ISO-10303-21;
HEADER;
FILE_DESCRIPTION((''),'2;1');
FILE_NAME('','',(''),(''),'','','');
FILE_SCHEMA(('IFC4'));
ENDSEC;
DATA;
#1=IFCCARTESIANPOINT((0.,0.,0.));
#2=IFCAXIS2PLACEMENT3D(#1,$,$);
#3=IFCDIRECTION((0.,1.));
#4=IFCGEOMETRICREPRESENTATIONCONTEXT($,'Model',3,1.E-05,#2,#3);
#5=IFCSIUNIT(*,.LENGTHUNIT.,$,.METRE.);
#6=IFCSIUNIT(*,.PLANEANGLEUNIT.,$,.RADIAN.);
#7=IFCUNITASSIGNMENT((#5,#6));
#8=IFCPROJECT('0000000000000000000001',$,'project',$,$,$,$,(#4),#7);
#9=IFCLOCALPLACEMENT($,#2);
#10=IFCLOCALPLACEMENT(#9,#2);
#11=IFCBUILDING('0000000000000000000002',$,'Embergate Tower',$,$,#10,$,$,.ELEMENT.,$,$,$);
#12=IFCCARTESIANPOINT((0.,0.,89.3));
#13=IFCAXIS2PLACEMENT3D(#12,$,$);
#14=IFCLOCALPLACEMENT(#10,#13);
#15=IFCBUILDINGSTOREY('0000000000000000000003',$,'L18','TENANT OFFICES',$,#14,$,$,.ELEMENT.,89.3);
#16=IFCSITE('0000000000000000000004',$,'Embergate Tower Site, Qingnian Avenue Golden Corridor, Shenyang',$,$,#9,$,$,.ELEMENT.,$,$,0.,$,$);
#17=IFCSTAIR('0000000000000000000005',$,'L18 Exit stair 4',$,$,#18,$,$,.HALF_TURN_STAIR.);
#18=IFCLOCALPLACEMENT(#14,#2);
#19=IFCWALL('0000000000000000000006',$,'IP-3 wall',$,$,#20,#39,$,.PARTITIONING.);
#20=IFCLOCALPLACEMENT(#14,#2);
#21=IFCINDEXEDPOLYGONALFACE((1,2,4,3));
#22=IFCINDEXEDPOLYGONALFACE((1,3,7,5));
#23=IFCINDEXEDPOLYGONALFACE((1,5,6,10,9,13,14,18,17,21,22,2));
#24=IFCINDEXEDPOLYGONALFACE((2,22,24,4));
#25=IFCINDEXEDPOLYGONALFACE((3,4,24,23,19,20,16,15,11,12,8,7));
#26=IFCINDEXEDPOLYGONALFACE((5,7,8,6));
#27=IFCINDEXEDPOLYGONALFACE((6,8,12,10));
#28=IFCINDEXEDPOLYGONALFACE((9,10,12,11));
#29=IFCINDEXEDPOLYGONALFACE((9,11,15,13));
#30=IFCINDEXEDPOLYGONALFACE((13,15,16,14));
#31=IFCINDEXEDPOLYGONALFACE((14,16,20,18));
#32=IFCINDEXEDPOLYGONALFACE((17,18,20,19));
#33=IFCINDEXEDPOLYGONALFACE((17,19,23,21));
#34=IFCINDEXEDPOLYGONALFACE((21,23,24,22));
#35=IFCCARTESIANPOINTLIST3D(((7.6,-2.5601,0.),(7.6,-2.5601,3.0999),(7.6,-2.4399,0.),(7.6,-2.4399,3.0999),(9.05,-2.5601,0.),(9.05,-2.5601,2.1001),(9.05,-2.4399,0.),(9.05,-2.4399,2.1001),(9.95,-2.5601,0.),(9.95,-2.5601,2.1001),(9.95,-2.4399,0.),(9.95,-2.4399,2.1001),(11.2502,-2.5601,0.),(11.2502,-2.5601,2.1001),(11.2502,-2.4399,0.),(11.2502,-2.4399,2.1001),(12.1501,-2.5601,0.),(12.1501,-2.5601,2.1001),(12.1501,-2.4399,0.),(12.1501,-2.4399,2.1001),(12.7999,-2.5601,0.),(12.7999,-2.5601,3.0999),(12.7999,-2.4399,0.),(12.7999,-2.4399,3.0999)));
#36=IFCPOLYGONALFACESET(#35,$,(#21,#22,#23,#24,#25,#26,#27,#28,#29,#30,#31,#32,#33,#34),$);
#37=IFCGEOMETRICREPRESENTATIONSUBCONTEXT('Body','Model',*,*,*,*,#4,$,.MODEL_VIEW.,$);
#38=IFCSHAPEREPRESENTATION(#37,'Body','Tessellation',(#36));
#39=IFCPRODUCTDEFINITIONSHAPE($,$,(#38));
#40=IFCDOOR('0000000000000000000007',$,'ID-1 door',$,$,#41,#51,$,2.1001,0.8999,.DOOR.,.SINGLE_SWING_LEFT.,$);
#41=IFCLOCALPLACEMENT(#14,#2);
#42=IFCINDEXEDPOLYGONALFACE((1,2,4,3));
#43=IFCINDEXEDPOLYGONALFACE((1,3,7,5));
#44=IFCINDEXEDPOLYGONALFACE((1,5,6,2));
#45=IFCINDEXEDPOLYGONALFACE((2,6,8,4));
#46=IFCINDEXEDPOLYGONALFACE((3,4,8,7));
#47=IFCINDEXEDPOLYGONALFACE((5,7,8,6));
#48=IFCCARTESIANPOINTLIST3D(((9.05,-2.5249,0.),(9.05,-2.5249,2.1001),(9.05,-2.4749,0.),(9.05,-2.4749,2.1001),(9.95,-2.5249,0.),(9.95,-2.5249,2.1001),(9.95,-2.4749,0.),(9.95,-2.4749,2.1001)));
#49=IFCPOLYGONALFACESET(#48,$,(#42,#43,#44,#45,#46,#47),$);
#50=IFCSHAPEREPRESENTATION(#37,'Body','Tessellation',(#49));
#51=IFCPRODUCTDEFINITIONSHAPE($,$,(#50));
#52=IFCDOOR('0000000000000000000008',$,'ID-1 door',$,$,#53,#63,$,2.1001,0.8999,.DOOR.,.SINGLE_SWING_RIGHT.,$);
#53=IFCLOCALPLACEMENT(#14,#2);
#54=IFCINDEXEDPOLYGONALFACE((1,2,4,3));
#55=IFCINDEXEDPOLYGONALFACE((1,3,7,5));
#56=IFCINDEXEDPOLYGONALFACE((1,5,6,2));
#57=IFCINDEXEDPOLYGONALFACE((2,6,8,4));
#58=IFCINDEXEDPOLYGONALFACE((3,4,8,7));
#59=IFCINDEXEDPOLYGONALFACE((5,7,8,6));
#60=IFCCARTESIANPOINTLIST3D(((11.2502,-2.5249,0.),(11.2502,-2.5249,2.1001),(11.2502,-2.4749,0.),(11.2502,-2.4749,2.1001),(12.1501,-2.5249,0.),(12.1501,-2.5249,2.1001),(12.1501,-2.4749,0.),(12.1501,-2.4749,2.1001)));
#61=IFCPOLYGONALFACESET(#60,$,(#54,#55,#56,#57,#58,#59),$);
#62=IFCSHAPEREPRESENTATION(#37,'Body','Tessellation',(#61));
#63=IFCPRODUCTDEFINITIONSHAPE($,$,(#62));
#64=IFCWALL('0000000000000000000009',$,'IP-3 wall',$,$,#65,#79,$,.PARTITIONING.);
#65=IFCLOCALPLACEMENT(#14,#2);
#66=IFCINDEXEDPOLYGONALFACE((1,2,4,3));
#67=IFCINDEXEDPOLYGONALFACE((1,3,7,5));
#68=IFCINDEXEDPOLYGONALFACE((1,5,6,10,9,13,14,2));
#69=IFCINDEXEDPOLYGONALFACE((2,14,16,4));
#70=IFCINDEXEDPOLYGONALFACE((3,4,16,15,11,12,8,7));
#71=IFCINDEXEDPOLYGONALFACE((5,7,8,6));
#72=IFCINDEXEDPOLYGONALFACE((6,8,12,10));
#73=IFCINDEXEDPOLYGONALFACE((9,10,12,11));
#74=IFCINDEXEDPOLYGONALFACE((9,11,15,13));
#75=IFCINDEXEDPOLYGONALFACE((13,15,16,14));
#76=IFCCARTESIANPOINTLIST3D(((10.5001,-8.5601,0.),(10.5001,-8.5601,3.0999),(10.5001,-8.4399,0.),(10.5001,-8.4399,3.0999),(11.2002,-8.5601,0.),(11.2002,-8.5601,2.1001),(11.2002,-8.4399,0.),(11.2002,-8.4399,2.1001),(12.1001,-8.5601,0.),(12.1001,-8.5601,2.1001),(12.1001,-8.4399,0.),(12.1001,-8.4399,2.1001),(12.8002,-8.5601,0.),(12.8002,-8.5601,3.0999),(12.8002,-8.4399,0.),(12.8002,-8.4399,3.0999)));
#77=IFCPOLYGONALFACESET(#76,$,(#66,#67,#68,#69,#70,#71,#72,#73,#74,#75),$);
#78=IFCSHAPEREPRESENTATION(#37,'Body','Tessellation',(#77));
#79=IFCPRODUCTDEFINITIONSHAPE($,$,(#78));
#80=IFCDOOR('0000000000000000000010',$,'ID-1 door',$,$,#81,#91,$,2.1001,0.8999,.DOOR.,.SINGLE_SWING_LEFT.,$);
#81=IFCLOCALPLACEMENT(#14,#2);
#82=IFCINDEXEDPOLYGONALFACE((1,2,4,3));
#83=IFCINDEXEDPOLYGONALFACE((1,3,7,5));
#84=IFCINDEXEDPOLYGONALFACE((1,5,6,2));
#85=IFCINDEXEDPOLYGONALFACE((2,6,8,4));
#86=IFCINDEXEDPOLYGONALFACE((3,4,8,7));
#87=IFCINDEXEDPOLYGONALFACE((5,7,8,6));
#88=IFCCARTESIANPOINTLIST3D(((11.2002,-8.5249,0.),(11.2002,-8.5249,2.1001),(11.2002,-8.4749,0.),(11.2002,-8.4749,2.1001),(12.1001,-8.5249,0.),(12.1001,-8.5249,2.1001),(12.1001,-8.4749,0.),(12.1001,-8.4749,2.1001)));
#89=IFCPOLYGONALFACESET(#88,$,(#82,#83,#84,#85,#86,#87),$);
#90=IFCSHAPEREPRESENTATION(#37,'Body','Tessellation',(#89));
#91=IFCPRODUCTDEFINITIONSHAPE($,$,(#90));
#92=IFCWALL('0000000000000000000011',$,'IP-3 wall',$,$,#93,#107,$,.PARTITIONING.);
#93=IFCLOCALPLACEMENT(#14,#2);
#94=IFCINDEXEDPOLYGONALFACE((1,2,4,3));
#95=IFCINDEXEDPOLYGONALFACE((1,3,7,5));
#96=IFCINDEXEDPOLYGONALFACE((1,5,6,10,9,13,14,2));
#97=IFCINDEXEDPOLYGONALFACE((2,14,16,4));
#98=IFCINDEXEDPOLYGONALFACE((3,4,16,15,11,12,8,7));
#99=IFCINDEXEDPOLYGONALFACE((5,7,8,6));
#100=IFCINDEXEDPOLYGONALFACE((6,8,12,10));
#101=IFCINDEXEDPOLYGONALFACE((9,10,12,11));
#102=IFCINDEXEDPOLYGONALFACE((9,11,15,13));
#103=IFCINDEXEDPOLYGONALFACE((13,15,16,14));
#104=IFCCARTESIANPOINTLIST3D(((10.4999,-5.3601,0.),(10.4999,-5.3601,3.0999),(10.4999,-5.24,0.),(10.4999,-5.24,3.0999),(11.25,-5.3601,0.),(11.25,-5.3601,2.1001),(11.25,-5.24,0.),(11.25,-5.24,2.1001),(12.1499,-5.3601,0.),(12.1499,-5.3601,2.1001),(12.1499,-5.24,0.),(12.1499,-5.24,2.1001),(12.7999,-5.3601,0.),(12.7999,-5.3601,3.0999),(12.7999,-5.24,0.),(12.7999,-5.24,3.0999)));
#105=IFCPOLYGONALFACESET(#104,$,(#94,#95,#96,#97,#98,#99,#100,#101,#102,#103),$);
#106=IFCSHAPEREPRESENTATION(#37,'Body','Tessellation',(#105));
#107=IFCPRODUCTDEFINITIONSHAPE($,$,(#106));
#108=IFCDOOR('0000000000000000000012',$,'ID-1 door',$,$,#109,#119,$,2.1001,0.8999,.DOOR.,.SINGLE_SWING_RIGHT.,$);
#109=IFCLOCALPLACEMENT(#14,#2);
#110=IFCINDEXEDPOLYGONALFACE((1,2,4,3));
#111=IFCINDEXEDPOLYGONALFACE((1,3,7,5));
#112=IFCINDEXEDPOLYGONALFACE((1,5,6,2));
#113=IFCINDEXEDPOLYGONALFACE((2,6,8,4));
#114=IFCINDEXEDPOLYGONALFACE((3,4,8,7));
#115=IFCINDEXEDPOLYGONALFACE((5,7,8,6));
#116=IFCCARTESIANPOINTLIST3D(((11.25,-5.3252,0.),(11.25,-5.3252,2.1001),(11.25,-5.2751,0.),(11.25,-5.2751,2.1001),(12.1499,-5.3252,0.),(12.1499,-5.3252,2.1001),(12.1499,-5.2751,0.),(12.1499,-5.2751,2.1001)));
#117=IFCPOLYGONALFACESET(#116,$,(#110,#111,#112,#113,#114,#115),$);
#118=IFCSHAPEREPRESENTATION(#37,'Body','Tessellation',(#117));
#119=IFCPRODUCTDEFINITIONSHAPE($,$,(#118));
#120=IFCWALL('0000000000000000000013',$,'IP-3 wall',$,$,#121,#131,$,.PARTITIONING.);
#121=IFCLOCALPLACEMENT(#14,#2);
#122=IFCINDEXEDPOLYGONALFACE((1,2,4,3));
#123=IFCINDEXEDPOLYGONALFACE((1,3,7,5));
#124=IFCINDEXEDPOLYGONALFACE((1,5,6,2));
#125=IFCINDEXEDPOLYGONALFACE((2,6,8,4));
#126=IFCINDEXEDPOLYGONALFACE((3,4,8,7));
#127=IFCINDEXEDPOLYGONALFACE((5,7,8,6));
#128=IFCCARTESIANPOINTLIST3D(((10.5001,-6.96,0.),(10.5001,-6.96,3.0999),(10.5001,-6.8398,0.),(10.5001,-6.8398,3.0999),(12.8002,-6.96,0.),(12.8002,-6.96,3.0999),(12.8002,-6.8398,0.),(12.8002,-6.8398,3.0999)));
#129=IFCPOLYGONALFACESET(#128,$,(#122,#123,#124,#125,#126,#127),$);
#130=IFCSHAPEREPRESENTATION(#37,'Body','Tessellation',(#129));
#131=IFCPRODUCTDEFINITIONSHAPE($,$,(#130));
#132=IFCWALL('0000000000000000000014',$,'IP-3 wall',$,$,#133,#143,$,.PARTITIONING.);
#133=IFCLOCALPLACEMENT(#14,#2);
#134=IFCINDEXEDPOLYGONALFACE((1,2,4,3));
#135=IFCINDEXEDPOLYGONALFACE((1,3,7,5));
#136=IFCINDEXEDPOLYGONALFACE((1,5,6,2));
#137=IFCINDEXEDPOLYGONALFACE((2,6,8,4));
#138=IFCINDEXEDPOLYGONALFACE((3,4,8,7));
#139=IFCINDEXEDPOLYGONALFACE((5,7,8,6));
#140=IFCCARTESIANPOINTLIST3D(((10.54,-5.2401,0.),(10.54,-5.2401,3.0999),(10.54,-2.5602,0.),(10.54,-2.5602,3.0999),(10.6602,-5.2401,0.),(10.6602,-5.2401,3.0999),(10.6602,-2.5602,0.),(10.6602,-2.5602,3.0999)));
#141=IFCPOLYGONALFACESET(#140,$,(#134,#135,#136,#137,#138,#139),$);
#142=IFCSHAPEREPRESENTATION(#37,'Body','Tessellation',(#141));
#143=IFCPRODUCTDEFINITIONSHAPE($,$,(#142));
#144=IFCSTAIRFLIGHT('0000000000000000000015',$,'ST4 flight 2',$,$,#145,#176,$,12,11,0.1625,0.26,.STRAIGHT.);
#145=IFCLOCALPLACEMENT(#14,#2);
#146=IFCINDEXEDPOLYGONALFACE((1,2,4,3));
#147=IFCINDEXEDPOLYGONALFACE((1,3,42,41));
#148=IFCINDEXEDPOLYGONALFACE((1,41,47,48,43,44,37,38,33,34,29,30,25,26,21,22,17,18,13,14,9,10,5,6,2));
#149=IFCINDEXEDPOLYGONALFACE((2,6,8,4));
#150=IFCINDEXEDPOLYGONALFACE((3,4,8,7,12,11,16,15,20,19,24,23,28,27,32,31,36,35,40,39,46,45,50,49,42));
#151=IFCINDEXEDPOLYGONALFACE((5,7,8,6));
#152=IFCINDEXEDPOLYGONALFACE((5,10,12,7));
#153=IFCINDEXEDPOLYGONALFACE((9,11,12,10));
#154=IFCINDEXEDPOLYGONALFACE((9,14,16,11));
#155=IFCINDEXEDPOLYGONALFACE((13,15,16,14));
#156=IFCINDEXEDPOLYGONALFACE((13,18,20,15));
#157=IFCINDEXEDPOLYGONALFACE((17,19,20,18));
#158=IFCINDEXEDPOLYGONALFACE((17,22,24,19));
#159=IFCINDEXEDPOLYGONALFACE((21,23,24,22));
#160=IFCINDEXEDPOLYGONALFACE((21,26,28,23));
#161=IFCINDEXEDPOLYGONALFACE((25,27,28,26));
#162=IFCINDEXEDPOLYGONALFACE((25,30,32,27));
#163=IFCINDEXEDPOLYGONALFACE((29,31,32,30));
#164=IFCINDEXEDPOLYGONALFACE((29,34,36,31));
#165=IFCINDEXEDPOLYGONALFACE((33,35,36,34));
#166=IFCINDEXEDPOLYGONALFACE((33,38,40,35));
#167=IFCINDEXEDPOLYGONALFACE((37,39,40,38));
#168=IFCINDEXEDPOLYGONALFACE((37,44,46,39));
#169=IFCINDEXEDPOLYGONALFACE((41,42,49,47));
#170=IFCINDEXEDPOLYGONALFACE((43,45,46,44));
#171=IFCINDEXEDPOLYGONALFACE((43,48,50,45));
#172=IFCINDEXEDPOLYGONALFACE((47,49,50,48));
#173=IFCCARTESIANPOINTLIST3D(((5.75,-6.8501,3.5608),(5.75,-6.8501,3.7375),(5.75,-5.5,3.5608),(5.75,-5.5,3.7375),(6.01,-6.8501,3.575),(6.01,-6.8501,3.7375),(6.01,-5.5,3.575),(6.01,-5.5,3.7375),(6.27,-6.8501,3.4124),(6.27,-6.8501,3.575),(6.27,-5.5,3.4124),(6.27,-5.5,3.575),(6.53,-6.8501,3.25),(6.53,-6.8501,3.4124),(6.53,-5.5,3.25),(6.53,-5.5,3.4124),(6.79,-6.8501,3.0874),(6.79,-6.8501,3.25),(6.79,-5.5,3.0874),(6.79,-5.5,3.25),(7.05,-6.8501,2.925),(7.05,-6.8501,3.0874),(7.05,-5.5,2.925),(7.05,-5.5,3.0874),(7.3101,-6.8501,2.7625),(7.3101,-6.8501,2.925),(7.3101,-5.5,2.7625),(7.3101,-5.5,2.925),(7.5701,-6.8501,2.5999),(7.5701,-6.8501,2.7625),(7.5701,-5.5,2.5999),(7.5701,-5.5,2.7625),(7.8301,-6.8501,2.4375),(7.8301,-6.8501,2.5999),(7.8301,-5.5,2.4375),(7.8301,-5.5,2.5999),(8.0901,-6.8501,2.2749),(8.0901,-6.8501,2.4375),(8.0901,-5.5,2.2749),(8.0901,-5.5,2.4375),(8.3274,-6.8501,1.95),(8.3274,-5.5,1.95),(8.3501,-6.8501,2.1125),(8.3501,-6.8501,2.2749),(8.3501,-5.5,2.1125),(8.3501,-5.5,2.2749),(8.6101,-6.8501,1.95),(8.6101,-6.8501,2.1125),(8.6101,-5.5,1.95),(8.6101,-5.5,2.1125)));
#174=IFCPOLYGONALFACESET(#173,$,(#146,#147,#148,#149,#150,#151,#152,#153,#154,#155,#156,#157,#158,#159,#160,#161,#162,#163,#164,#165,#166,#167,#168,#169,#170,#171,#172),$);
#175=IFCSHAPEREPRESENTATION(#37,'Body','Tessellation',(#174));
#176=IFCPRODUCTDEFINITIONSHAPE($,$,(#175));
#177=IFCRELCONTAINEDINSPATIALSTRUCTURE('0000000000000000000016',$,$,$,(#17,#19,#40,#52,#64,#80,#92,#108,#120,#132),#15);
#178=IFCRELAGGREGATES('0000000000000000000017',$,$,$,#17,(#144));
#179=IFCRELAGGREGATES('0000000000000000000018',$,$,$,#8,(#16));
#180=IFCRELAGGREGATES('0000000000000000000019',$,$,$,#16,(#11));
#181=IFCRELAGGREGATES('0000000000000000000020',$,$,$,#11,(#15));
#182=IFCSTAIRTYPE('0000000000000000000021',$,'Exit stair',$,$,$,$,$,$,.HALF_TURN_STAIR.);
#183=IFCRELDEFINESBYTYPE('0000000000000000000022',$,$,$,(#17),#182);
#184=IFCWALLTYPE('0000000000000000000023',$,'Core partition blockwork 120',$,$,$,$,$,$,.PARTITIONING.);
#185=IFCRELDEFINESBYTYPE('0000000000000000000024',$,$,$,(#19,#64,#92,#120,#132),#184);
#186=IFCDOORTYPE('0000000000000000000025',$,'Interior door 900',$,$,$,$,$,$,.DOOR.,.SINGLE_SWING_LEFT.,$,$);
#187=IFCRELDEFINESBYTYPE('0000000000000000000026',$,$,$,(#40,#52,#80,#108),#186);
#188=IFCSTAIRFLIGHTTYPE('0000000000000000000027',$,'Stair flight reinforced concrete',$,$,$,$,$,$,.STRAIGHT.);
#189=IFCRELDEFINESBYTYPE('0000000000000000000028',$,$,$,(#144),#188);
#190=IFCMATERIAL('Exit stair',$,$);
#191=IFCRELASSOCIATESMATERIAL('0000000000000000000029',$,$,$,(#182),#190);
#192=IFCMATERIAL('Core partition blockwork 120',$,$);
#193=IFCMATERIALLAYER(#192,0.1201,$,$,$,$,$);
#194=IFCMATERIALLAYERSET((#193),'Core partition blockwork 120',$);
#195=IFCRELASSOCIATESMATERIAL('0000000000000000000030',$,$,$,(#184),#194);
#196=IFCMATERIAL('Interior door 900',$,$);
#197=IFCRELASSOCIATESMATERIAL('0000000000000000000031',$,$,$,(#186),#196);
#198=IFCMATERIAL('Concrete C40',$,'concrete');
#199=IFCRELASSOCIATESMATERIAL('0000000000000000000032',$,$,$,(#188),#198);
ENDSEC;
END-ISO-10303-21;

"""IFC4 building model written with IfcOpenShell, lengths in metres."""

from ifc_helpers import new_model, si_unit, direction, frame, frame_2d, origin, place, context, subcontext, project, spatial, polyline, rectangle, outline, extrude, source, transform, mapped, material, layer, layer_set, type_object, element, fill, aggregate, save


model = new_model("IFC4")

# Units and contexts
model_context = context("Model", 3, precision=1e-05, world=origin(), true_north=direction((0.0, 1.0)))
body_context = subcontext(model_context, "Body", "Model", "MODEL_VIEW")
ifc_project = project(units=[si_unit("LENGTHUNIT", "METRE"), si_unit("PLANEANGLEUNIT", "RADIAN")], contexts=[model_context])

# Site, building, storey
site_placement = place(None, origin())
site = spatial("IfcSite", under=ifc_project, at=site_placement, Name="Embergate Tower Site, Qingnian Avenue Golden Corridor, Shenyang", CompositionType="ELEMENT", RefElevation=0.0)
building_placement = place(site_placement, origin())
building = spatial("IfcBuilding", under=site, at=building_placement, Name="Embergate Tower", CompositionType="ELEMENT")
storey_placement = place(building_placement, frame((0.0, 0.0, 89.3)))
storey = spatial("IfcBuildingStorey", under=building, at=storey_placement, Name="L18", Description="TENANT OFFICES", CompositionType="ELEMENT", Elevation=89.3)

# Stair
ifc_material_1 = material(Name="Exit stair")
stair_type = type_object("IfcStairType", Name="Exit stair", PredefinedType="HALF_TURN_STAIR", material=ifc_material_1)
stair_placement = place(storey_placement, origin())
stair = element("IfcStair", 1, at=stair_placement, inside=storey, type_object=stair_type, Name="L18 Exit stair 4", PredefinedType="HALF_TURN_STAIR")
ifc_material_2 = material(Name="Concrete C40", Category="concrete")

# Shared definitions
ifc_material_3 = material(Name="Core partition blockwork 120")
ifc_layer_1 = layer(ifc_material_3, 0.1201)
ifc_layer_set_1 = layer_set([ifc_layer_1], Name="Core partition blockwork 120")
wall_type_1 = type_object("IfcWallType", Name="Core partition blockwork 120", PredefinedType="PARTITIONING", material=ifc_layer_set_1)
shared_shape_1 = source(origin(), body_context, "Body", "SweptSolid", [
    extrude(rectangle(XDim=0.8999, YDim=2.1001, at=frame_2d((0.45, 1.05))), frame((0.0, 0.0701, 0.0), z_axis=(0.0, -1.0, 0.0), x_axis=(1.0, 0.0, 0.0)), (0.0, 0.0, 1.0), 0.1401),
])
ifc_material_4 = material(Name="Interior door 900")
door_type_1 = type_object("IfcDoorType", Name="Interior door 900", OperationType="SINGLE_SWING_LEFT", PredefinedType="DOOR", material=ifc_material_4)
shared_shape_2 = source(origin(), body_context, "Body", "SweptSolid", [
    extrude(rectangle(XDim=0.8999, YDim=2.1001, at=frame_2d((0.45, 1.05))), frame((0.0, 0.0249, 0.0), z_axis=(0.0, -1.0, 0.0), x_axis=(1.0, 0.0, 0.0)), (0.0, 0.0, 1.0), 0.05),
])

# Wall, openings, doors
shared_shape_3 = source(origin(), body_context, "Body", "SweptSolid", [
    extrude(rectangle(XDim=5.2, YDim=0.1201, at=frame_2d((2.6001, 0.0))), origin(), (0.0, 0.0, 1.0), 3.0999),
])
wall_1_placement = place(storey_placement, frame((12.8, -2.5, 0.0), z_axis=(0.0, 0.0, 1.0), x_axis=(-1.0, 0.0, 0.0)))
wall_1 = element("IfcWall", 2, at=wall_1_placement, inside=storey, type_object=wall_type_1, Name="IP-3 wall", PredefinedType="PARTITIONING", context=body_context, shape_type="MappedRepresentation", body=[
    mapped(shared_shape_3, transform((0.0, 0.0, 0.0))),
])
opening_1_placement = place(wall_1_placement, frame((2.8501, 0.0, 0.0)))
opening_1 = element("IfcOpeningElement", 3, at=opening_1_placement, cuts=wall_1, PredefinedType="OPENING", context=body_context, shape_type="MappedRepresentation", body=[
    mapped(shared_shape_1, transform((0.0, 0.0, 0.0))),
])
opening_2_placement = place(wall_1_placement, frame((0.6499, 0.0, 0.0)))
opening_2 = element("IfcOpeningElement", 4, at=opening_2_placement, cuts=wall_1, PredefinedType="OPENING", context=body_context, shape_type="MappedRepresentation", body=[
    mapped(shared_shape_1, transform((0.0, 0.0, 0.0))),
])
door_1_placement = place(opening_1_placement, origin())
door_1 = element("IfcDoor", 5, at=door_1_placement, inside=storey, type_object=door_type_1, Name="ID-1 door", OperationType="SINGLE_SWING_LEFT", OverallHeight=2.1001, OverallWidth=0.8999, PredefinedType="DOOR", context=body_context, shape_type="MappedRepresentation", body=[
    mapped(shared_shape_2, transform((0.0, 0.0, 0.0))),
])
fill(opening_1, door_1)
door_2_placement = place(opening_2_placement, origin())
door_2 = element("IfcDoor", 6, at=door_2_placement, inside=storey, type_object=door_type_1, Name="ID-1 door", OperationType="SINGLE_SWING_RIGHT", OverallHeight=2.1001, OverallWidth=0.8999, PredefinedType="DOOR", context=body_context, shape_type="MappedRepresentation", body=[
    mapped(shared_shape_2, transform((0.0, 0.0, 0.0))),
])
fill(opening_2, door_2)

# Walls, openings, doors
shared_shape_4 = source(origin(), body_context, "Body", "SweptSolid", [
    extrude(rectangle(XDim=2.3, YDim=0.1201, at=frame_2d((1.1499, 0.0))), origin(), (0.0, 0.0, 1.0), 3.0999),
])
wall_2_placement = place(storey_placement, frame((12.8, -8.5, 0.0), z_axis=(0.0, 0.0, 1.0), x_axis=(-1.0, 0.0, 0.0)))
wall_2 = element("IfcWall", 7, at=wall_2_placement, inside=storey, type_object=wall_type_1, Name="IP-3 wall", PredefinedType="PARTITIONING", context=body_context, shape_type="MappedRepresentation", body=[
    mapped(shared_shape_4, transform((0.0, 0.0, 0.0))),
])
opening_3_placement = place(wall_2_placement, frame((0.7, 0.0, 0.0)))
opening_3 = element("IfcOpeningElement", 8, at=opening_3_placement, cuts=wall_2, PredefinedType="OPENING", context=body_context, shape_type="MappedRepresentation", body=[
    mapped(shared_shape_1, transform((0.0, 0.0, 0.0))),
])
door_3_placement = place(opening_3_placement, origin())
door_3 = element("IfcDoor", 9, at=door_3_placement, inside=storey, type_object=door_type_1, Name="ID-1 door", OperationType="SINGLE_SWING_LEFT", OverallHeight=2.1001, OverallWidth=0.8999, PredefinedType="DOOR", context=body_context, shape_type="MappedRepresentation", body=[
    mapped(shared_shape_2, transform((0.0, 0.0, 0.0))),
])
fill(opening_3, door_3)
wall_3_placement = place(storey_placement, frame((10.5, -5.3, 0.0), z_axis=(0.0, 0.0, 1.0), x_axis=(1.0, 0.0, 0.0)))
wall_3 = element("IfcWall", 10, at=wall_3_placement, inside=storey, type_object=wall_type_1, Name="IP-3 wall", PredefinedType="PARTITIONING", context=body_context, shape_type="MappedRepresentation", body=[
    mapped(shared_shape_4, transform((0.0, 0.0, 0.0))),
])
opening_4_placement = place(wall_3_placement, frame((0.75, 0.0, 0.0)))
opening_4 = element("IfcOpeningElement", 11, at=opening_4_placement, cuts=wall_3, PredefinedType="OPENING", context=body_context, shape_type="MappedRepresentation", body=[
    mapped(shared_shape_1, transform((0.0, 0.0, 0.0))),
])
door_4_placement = place(opening_4_placement, origin())
door_4 = element("IfcDoor", 12, at=door_4_placement, inside=storey, type_object=door_type_1, Name="ID-1 door", OperationType="SINGLE_SWING_RIGHT", OverallHeight=2.1001, OverallWidth=0.8999, PredefinedType="DOOR", context=body_context, shape_type="MappedRepresentation", body=[
    mapped(shared_shape_2, transform((0.0, 0.0, 0.0))),
])
fill(opening_4, door_4)

# Walls
wall_4_placement = place(storey_placement, frame((12.8, -6.8999, 0.0), z_axis=(0.0, 0.0, 1.0), x_axis=(-1.0, 0.0, 0.0)))
element("IfcWall", 13, at=wall_4_placement, inside=storey, type_object=wall_type_1, Name="IP-3 wall", PredefinedType="PARTITIONING", context=body_context, shape_type="MappedRepresentation", body=[
    mapped(shared_shape_4, transform((0.0, 0.0, 0.0))),
])
shared_shape_5 = source(origin(), body_context, "Body", "SweptSolid", [
    extrude(rectangle(XDim=2.6799, YDim=0.1201, at=frame_2d((1.3398, 0.0))), origin(), (0.0, 0.0, 1.0), 3.0999),
])
wall_5_placement = place(storey_placement, frame((10.6001, -5.24, 0.0), z_axis=(0.0, 0.0, 1.0), x_axis=(0.0, 1.0, 0.0)))
element("IfcWall", 14, at=wall_5_placement, inside=storey, type_object=wall_type_1, Name="IP-3 wall", PredefinedType="PARTITIONING", context=body_context, shape_type="MappedRepresentation", body=[
    mapped(shared_shape_5, transform((0.0, 0.0, 0.0))),
])

# Stair flight
stair_flight_type = type_object("IfcStairFlightType", Name="Stair flight reinforced concrete", PredefinedType="STRAIGHT", material=ifc_material_2)
shared_shape_6 = source(origin(), body_context, "Body", "SweptSolid", [
    extrude(outline(polyline([(0.0, 0.0), (0.0, 0.1626), (0.26, 0.1626), (0.26, 0.325), (0.52, 0.325), (0.52, 0.4875), (0.78, 0.4875), (0.78, 0.6499), (1.04, 0.6499), (1.04, 0.8125), (1.3, 0.8125), (1.3, 0.9751), (1.5601, 0.9751), (1.5601, 1.1375), (1.8201, 1.1375), (1.8201, 1.3), (2.0801, 1.3), (2.0801, 1.4624), (2.3401, 1.4624), (2.3401, 1.625), (2.6001, 1.625), (2.6001, 1.7876), (2.8601, 1.7876), (2.8601, 1.95), (2.8601, 1.6108), (0.2827, 0.0), (0.0, 0.0)])), frame((0.0, 0.675, 0.0), z_axis=(0.0, -1.0, 0.0), x_axis=(1.0, 0.0, 0.0)), (0.0, 0.0, 1.0), 1.3501),
])
stair_flight_placement = place(storey_placement, frame((8.6101, -6.175, 1.95), z_axis=(0.0, 0.0, 1.0), x_axis=(-1.0, 0.0, 0.0)))
stair_flight = element("IfcStairFlight", 15, at=stair_flight_placement, type_object=stair_flight_type, Name="ST4 flight 2", NumberOfRisers=12, NumberOfTreads=11, PredefinedType="STRAIGHT", RiserHeight=0.1625, TreadLength=0.26, context=body_context, shape_type="MappedRepresentation", body=[
    mapped(shared_shape_6, transform((0.0, 0.0, 0.0))),
])
aggregate(stair, [stair_flight])

save(model, "model.ifc")
